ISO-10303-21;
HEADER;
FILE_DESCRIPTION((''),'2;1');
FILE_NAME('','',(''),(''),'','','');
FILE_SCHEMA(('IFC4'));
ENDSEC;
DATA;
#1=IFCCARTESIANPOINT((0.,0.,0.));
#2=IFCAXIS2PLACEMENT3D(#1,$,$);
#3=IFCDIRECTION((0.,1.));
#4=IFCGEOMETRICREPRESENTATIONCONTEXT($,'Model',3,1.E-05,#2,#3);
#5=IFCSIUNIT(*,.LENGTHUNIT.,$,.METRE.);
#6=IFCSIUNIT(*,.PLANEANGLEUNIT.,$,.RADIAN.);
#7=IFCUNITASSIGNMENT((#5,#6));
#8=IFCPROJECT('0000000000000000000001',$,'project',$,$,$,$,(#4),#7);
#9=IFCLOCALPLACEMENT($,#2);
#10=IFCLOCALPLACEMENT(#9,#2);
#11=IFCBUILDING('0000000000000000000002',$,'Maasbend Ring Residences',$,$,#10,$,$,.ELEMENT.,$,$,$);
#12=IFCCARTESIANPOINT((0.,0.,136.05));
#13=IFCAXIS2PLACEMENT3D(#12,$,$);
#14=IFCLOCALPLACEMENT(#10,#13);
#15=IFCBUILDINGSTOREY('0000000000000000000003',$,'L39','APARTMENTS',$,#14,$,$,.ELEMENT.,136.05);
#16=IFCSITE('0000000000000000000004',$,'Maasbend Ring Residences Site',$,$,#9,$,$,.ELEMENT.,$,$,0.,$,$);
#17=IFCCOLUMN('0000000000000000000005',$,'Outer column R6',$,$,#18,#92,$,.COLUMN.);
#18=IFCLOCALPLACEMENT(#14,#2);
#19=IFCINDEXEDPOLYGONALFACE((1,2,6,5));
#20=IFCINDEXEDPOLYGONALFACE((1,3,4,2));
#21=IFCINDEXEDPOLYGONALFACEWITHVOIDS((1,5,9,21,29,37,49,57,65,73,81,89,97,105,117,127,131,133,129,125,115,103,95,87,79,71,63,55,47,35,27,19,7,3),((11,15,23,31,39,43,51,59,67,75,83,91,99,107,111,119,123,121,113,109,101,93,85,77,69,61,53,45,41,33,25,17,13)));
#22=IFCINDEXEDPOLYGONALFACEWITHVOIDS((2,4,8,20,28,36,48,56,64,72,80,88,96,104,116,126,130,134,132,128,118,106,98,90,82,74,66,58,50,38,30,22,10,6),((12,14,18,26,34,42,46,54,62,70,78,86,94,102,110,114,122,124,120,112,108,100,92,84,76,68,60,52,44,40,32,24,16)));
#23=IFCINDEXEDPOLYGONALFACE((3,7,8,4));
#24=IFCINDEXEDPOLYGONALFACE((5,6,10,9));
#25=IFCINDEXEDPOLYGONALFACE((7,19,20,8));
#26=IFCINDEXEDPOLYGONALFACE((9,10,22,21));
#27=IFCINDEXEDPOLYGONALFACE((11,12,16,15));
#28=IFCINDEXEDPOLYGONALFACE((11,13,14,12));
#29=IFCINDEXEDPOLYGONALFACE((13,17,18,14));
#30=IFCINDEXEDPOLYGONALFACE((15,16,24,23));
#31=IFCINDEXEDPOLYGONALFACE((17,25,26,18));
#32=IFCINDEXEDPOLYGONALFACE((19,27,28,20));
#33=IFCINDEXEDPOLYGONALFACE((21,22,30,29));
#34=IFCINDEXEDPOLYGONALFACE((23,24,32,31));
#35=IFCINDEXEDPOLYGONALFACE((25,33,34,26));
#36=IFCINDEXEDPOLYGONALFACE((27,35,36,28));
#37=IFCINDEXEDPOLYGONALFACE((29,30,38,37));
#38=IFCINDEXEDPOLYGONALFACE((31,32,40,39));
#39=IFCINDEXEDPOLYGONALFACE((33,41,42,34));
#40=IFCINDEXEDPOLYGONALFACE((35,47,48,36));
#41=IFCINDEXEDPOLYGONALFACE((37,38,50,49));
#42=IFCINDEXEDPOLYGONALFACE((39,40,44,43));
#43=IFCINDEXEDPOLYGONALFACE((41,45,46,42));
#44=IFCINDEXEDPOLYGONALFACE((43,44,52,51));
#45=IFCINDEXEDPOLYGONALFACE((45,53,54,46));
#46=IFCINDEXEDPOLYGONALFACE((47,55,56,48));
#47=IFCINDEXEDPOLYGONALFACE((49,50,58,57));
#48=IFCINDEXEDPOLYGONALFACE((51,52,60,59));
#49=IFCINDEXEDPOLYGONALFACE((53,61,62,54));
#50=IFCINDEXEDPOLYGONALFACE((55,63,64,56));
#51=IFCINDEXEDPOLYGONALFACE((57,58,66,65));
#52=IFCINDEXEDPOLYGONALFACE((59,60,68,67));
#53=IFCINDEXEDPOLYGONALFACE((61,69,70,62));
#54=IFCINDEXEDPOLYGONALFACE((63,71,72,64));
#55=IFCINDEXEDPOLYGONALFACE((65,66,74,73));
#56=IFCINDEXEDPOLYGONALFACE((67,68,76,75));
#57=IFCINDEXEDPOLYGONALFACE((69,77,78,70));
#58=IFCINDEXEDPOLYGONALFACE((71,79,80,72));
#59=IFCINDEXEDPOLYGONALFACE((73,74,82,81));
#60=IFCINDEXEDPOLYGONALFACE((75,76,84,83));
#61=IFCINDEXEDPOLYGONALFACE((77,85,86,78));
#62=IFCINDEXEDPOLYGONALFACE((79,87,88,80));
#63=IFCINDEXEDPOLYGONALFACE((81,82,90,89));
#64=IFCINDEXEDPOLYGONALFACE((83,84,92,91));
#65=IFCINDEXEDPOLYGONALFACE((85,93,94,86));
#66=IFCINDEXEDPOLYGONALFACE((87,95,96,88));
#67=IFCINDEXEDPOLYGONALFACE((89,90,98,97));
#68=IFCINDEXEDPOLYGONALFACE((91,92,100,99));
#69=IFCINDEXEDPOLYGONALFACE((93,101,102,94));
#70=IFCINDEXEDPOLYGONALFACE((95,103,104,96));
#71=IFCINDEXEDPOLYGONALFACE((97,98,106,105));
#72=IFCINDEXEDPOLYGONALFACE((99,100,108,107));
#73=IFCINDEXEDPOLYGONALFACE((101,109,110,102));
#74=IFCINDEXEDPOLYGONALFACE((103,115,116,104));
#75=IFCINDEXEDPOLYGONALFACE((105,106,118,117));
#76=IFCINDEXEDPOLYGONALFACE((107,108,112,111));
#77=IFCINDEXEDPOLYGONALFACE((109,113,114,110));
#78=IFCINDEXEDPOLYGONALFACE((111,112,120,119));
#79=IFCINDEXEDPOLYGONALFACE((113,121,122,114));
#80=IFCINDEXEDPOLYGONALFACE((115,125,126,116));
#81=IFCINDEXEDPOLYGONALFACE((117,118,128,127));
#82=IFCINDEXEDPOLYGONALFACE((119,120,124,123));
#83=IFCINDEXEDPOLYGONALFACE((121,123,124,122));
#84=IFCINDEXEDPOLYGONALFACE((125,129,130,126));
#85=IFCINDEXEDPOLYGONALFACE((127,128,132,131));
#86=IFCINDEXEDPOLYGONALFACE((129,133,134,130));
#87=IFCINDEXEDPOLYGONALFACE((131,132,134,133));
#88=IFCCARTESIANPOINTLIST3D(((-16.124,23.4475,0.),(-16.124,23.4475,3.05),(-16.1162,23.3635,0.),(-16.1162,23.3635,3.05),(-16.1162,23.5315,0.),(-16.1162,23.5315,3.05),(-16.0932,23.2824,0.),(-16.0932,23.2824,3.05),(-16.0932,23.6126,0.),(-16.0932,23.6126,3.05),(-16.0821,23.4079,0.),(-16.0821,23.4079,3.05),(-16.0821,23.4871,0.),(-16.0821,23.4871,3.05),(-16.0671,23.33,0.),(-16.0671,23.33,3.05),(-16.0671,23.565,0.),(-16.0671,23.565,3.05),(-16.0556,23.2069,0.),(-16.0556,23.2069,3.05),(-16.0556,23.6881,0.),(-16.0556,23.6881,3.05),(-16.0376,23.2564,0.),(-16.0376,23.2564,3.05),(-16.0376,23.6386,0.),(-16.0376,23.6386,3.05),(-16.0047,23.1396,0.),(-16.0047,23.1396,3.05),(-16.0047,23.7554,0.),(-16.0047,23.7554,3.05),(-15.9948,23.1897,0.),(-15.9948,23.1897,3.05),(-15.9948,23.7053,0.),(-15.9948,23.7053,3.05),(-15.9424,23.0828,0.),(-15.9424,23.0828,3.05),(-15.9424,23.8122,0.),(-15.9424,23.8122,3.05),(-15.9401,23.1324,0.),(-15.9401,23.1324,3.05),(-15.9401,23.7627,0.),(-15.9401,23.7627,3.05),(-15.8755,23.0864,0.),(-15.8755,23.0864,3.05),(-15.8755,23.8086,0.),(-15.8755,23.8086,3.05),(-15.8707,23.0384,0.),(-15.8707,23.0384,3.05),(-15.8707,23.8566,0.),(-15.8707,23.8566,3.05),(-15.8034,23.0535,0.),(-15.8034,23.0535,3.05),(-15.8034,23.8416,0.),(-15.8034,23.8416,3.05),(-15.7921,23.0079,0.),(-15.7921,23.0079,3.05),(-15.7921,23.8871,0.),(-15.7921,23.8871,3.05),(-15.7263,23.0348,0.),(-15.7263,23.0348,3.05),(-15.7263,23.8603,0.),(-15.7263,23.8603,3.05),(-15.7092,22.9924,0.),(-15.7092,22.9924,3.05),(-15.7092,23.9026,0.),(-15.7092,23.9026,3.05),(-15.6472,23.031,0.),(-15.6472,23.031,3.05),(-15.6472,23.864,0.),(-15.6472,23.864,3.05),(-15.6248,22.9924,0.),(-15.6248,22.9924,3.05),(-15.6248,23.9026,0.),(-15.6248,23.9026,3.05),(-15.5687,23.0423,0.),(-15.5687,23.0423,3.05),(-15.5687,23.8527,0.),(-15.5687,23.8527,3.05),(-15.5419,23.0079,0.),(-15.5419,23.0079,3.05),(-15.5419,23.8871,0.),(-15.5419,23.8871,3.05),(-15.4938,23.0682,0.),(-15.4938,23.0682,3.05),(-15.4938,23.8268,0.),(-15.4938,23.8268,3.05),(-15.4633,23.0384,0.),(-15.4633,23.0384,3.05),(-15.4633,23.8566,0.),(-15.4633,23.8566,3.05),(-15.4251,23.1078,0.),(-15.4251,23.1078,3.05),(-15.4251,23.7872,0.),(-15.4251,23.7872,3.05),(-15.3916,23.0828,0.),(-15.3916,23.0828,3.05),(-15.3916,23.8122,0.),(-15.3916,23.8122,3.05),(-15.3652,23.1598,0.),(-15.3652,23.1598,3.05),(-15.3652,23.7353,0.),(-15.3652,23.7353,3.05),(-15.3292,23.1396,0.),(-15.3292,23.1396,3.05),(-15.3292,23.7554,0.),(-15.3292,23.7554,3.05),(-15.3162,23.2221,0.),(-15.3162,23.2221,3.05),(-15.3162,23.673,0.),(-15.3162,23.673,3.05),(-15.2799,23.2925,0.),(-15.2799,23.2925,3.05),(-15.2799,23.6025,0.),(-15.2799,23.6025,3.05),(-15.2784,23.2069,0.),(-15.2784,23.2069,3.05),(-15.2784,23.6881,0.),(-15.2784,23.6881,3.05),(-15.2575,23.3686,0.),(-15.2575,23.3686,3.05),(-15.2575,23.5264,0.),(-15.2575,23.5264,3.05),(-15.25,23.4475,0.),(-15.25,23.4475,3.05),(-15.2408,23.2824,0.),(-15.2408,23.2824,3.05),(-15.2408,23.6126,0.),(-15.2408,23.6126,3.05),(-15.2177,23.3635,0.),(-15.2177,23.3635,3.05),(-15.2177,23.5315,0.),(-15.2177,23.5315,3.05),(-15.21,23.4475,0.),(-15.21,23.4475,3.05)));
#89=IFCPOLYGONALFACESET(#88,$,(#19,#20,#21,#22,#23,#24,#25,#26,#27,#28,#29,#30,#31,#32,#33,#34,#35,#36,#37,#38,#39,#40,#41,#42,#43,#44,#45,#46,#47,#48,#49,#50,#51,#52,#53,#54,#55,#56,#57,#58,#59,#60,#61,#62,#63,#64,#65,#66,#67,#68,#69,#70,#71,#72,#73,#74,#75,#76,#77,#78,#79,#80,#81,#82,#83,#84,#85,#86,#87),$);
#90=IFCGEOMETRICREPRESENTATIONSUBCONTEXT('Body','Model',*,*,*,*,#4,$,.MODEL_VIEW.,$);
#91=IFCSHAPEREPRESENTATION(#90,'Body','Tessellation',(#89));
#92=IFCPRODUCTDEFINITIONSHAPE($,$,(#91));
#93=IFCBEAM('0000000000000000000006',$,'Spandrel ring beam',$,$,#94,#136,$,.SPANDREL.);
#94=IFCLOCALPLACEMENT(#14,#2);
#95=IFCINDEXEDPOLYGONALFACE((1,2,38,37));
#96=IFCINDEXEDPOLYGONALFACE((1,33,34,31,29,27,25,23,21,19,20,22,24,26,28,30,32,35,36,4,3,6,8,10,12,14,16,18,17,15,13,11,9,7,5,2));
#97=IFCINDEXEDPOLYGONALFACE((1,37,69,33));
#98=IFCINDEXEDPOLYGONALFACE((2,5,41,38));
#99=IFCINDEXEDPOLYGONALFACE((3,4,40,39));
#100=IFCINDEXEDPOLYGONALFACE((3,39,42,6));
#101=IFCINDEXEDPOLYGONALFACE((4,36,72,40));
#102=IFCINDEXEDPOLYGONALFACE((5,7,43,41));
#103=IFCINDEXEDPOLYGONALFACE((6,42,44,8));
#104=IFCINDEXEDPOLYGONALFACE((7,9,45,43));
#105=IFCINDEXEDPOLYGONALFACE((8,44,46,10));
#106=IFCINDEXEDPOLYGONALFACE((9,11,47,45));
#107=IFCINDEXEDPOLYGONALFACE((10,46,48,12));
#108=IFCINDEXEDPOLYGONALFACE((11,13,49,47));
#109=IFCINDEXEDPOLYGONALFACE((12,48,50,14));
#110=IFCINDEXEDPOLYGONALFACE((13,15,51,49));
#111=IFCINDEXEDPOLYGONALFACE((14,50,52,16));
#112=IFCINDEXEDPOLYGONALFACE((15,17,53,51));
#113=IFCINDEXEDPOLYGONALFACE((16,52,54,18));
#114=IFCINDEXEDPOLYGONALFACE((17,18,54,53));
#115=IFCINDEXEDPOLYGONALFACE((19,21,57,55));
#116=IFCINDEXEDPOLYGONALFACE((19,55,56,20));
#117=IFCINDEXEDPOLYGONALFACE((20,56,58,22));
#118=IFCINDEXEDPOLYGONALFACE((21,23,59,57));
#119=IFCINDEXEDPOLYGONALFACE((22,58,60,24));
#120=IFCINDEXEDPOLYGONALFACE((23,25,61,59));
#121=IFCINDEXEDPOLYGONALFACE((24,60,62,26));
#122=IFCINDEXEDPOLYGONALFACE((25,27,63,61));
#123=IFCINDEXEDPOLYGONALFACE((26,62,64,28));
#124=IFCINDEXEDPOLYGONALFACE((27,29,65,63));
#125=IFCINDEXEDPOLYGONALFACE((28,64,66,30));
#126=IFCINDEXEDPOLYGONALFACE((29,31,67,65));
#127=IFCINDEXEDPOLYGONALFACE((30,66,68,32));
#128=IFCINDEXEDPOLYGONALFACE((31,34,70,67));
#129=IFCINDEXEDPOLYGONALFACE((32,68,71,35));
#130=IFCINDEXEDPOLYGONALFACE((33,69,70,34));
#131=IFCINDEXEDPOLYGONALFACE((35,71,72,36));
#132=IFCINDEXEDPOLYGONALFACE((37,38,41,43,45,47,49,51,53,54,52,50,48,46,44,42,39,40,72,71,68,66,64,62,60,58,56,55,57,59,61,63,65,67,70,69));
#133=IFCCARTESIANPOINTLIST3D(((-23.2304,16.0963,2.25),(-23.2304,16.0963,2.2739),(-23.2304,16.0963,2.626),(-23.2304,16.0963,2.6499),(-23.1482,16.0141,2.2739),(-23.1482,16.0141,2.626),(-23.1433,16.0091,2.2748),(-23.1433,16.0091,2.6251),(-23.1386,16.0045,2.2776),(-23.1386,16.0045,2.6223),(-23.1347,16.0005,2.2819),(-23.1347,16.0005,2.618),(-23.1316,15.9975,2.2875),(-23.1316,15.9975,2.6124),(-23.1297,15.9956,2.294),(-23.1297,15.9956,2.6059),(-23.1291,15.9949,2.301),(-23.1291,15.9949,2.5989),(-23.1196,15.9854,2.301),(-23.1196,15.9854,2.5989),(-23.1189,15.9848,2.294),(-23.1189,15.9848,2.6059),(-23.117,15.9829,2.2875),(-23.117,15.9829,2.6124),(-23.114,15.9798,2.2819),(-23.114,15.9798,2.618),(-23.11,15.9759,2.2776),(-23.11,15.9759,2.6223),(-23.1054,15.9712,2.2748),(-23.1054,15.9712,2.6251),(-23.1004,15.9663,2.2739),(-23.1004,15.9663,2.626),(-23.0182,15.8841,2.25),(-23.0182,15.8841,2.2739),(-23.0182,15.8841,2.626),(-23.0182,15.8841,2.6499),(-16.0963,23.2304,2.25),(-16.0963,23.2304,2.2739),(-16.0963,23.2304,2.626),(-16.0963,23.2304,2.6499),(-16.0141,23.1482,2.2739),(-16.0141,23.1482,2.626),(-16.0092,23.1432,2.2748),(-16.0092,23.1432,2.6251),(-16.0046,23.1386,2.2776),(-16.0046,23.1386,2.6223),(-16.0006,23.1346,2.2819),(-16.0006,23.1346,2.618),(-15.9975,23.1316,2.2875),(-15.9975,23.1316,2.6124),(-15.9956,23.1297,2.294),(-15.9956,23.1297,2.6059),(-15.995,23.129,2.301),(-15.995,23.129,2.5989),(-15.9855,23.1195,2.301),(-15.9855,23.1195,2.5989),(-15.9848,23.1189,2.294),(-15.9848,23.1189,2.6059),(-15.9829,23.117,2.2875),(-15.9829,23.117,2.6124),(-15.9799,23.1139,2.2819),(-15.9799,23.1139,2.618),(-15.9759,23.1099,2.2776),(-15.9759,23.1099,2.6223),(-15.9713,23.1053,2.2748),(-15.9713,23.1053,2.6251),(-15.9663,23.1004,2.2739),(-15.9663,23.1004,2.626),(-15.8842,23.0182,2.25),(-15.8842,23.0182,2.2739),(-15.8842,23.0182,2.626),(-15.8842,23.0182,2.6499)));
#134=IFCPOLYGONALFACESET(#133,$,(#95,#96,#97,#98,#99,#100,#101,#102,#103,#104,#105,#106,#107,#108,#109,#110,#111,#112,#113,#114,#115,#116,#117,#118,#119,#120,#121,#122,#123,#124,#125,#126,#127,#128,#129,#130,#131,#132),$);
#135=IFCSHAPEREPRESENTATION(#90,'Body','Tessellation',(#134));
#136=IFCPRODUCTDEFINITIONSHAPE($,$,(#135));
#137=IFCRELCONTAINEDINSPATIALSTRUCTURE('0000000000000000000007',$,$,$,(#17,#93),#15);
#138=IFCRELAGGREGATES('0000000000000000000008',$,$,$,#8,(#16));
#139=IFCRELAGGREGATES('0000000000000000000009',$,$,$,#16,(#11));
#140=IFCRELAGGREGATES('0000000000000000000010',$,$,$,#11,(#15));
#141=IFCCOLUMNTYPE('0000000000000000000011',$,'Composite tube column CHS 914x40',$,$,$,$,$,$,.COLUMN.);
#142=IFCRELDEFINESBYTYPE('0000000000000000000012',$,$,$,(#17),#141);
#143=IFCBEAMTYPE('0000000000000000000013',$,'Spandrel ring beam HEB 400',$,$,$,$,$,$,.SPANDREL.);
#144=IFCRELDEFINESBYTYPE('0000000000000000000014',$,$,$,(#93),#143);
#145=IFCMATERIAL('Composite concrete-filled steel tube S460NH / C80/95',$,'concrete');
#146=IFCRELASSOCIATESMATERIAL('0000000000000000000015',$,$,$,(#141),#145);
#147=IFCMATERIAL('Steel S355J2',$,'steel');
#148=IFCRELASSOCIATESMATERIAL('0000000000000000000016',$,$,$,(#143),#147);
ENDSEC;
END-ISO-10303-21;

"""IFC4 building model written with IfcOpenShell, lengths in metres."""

from ifc_helpers import new_model, si_unit, direction, frame, origin, origin_2d, place, context, subcontext, project, spatial, hollow_circle, i_section, extrude, material, material_profile, profile_set, type_object, element, save


model = new_model("IFC4")

# Units and contexts
model_context = context("Model", 3, precision=1e-05, world=origin(), true_north=direction((0.0, 1.0)))
body_context = subcontext(model_context, "Body", "Model", "MODEL_VIEW")
ifc_project = project(units=[si_unit("LENGTHUNIT", "METRE"), si_unit("PLANEANGLEUNIT", "RADIAN")], contexts=[model_context])

# Site, building, storey
site_placement = place(None, origin())
site = spatial("IfcSite", under=ifc_project, at=site_placement, Name="Maasbend Ring Residences Site", CompositionType="ELEMENT", RefElevation=0.0)
building_placement = place(site_placement, origin())
building = spatial("IfcBuilding", under=site, at=building_placement, Name="Maasbend Ring Residences", CompositionType="ELEMENT")
storey_placement = place(building_placement, frame((0.0, 0.0, 136.05)))
storey = spatial("IfcBuildingStorey", under=building, at=storey_placement, Name="L39", Description="APARTMENTS", CompositionType="ELEMENT", Elevation=136.05)

# Column
ifc_material_1 = material(Name="Composite concrete-filled steel tube S460NH / C80/95", Category="concrete")
ifc_material_profile_1 = material_profile(ifc_material_1, hollow_circle(Radius=0.457, WallThickness=0.04, at=origin_2d()), Name="Composite tube column CHS 914x40")
ifc_profile_set_1 = profile_set([ifc_material_profile_1], Name="Composite concrete-filled steel tube S460NH / C80/95")
column_type = type_object("IfcColumnType", Name="Composite tube column CHS 914x40", PredefinedType="COLUMN", material=ifc_profile_set_1)
column_placement = place(storey_placement, frame((-15.667, 23.4475, 0.0), z_axis=(0.0, 0.0, 1.0), x_axis=(1.0, 0.0, 0.0)))
element("IfcColumn", 1, at=column_placement, inside=storey, type_object=column_type, Name="Outer column R6", PredefinedType="COLUMN", context=body_context, shape_type="SweptSolid", body=[
    extrude(hollow_circle(Radius=0.457, WallThickness=0.04, at=origin_2d()), origin(), (0.0, 0.0, 1.0), 3.05),
])

# Beam
ifc_material_2 = material(Name="Steel S355J2", Category="steel")
ifc_material_profile_2 = material_profile(ifc_material_2, i_section(OverallWidth=0.3, OverallDepth=0.3999, WebThickness=0.0134, FlangeThickness=0.0239, FilletRadius=0.0271, at=origin_2d()), Name="HEB 400")
ifc_profile_set_2 = profile_set([ifc_material_profile_2], Name="Steel S355J2")
beam_type = type_object("IfcBeamType", Name="Spandrel ring beam HEB 400", PredefinedType="SPANDREL", material=ifc_profile_set_2)
beam_placement = place(storey_placement, frame((-15.9902, 23.1243, 2.45), z_axis=(-0.707107, -0.707107, 0.0), x_axis=(0.707107, -0.707107, 0.0)))
element("IfcBeam", 2, at=beam_placement, inside=storey, type_object=beam_type, Name="Spandrel ring beam", PredefinedType="SPANDREL", context=body_context, shape_type="SweptSolid", body=[
    extrude(i_section(OverallWidth=0.3, OverallDepth=0.3999, WebThickness=0.0134, FlangeThickness=0.0239, FilletRadius=0.0271, at=origin_2d()), origin(), (0.0, 0.0, 1.0), 10.0891),
])

save(model, "model.ifc")
